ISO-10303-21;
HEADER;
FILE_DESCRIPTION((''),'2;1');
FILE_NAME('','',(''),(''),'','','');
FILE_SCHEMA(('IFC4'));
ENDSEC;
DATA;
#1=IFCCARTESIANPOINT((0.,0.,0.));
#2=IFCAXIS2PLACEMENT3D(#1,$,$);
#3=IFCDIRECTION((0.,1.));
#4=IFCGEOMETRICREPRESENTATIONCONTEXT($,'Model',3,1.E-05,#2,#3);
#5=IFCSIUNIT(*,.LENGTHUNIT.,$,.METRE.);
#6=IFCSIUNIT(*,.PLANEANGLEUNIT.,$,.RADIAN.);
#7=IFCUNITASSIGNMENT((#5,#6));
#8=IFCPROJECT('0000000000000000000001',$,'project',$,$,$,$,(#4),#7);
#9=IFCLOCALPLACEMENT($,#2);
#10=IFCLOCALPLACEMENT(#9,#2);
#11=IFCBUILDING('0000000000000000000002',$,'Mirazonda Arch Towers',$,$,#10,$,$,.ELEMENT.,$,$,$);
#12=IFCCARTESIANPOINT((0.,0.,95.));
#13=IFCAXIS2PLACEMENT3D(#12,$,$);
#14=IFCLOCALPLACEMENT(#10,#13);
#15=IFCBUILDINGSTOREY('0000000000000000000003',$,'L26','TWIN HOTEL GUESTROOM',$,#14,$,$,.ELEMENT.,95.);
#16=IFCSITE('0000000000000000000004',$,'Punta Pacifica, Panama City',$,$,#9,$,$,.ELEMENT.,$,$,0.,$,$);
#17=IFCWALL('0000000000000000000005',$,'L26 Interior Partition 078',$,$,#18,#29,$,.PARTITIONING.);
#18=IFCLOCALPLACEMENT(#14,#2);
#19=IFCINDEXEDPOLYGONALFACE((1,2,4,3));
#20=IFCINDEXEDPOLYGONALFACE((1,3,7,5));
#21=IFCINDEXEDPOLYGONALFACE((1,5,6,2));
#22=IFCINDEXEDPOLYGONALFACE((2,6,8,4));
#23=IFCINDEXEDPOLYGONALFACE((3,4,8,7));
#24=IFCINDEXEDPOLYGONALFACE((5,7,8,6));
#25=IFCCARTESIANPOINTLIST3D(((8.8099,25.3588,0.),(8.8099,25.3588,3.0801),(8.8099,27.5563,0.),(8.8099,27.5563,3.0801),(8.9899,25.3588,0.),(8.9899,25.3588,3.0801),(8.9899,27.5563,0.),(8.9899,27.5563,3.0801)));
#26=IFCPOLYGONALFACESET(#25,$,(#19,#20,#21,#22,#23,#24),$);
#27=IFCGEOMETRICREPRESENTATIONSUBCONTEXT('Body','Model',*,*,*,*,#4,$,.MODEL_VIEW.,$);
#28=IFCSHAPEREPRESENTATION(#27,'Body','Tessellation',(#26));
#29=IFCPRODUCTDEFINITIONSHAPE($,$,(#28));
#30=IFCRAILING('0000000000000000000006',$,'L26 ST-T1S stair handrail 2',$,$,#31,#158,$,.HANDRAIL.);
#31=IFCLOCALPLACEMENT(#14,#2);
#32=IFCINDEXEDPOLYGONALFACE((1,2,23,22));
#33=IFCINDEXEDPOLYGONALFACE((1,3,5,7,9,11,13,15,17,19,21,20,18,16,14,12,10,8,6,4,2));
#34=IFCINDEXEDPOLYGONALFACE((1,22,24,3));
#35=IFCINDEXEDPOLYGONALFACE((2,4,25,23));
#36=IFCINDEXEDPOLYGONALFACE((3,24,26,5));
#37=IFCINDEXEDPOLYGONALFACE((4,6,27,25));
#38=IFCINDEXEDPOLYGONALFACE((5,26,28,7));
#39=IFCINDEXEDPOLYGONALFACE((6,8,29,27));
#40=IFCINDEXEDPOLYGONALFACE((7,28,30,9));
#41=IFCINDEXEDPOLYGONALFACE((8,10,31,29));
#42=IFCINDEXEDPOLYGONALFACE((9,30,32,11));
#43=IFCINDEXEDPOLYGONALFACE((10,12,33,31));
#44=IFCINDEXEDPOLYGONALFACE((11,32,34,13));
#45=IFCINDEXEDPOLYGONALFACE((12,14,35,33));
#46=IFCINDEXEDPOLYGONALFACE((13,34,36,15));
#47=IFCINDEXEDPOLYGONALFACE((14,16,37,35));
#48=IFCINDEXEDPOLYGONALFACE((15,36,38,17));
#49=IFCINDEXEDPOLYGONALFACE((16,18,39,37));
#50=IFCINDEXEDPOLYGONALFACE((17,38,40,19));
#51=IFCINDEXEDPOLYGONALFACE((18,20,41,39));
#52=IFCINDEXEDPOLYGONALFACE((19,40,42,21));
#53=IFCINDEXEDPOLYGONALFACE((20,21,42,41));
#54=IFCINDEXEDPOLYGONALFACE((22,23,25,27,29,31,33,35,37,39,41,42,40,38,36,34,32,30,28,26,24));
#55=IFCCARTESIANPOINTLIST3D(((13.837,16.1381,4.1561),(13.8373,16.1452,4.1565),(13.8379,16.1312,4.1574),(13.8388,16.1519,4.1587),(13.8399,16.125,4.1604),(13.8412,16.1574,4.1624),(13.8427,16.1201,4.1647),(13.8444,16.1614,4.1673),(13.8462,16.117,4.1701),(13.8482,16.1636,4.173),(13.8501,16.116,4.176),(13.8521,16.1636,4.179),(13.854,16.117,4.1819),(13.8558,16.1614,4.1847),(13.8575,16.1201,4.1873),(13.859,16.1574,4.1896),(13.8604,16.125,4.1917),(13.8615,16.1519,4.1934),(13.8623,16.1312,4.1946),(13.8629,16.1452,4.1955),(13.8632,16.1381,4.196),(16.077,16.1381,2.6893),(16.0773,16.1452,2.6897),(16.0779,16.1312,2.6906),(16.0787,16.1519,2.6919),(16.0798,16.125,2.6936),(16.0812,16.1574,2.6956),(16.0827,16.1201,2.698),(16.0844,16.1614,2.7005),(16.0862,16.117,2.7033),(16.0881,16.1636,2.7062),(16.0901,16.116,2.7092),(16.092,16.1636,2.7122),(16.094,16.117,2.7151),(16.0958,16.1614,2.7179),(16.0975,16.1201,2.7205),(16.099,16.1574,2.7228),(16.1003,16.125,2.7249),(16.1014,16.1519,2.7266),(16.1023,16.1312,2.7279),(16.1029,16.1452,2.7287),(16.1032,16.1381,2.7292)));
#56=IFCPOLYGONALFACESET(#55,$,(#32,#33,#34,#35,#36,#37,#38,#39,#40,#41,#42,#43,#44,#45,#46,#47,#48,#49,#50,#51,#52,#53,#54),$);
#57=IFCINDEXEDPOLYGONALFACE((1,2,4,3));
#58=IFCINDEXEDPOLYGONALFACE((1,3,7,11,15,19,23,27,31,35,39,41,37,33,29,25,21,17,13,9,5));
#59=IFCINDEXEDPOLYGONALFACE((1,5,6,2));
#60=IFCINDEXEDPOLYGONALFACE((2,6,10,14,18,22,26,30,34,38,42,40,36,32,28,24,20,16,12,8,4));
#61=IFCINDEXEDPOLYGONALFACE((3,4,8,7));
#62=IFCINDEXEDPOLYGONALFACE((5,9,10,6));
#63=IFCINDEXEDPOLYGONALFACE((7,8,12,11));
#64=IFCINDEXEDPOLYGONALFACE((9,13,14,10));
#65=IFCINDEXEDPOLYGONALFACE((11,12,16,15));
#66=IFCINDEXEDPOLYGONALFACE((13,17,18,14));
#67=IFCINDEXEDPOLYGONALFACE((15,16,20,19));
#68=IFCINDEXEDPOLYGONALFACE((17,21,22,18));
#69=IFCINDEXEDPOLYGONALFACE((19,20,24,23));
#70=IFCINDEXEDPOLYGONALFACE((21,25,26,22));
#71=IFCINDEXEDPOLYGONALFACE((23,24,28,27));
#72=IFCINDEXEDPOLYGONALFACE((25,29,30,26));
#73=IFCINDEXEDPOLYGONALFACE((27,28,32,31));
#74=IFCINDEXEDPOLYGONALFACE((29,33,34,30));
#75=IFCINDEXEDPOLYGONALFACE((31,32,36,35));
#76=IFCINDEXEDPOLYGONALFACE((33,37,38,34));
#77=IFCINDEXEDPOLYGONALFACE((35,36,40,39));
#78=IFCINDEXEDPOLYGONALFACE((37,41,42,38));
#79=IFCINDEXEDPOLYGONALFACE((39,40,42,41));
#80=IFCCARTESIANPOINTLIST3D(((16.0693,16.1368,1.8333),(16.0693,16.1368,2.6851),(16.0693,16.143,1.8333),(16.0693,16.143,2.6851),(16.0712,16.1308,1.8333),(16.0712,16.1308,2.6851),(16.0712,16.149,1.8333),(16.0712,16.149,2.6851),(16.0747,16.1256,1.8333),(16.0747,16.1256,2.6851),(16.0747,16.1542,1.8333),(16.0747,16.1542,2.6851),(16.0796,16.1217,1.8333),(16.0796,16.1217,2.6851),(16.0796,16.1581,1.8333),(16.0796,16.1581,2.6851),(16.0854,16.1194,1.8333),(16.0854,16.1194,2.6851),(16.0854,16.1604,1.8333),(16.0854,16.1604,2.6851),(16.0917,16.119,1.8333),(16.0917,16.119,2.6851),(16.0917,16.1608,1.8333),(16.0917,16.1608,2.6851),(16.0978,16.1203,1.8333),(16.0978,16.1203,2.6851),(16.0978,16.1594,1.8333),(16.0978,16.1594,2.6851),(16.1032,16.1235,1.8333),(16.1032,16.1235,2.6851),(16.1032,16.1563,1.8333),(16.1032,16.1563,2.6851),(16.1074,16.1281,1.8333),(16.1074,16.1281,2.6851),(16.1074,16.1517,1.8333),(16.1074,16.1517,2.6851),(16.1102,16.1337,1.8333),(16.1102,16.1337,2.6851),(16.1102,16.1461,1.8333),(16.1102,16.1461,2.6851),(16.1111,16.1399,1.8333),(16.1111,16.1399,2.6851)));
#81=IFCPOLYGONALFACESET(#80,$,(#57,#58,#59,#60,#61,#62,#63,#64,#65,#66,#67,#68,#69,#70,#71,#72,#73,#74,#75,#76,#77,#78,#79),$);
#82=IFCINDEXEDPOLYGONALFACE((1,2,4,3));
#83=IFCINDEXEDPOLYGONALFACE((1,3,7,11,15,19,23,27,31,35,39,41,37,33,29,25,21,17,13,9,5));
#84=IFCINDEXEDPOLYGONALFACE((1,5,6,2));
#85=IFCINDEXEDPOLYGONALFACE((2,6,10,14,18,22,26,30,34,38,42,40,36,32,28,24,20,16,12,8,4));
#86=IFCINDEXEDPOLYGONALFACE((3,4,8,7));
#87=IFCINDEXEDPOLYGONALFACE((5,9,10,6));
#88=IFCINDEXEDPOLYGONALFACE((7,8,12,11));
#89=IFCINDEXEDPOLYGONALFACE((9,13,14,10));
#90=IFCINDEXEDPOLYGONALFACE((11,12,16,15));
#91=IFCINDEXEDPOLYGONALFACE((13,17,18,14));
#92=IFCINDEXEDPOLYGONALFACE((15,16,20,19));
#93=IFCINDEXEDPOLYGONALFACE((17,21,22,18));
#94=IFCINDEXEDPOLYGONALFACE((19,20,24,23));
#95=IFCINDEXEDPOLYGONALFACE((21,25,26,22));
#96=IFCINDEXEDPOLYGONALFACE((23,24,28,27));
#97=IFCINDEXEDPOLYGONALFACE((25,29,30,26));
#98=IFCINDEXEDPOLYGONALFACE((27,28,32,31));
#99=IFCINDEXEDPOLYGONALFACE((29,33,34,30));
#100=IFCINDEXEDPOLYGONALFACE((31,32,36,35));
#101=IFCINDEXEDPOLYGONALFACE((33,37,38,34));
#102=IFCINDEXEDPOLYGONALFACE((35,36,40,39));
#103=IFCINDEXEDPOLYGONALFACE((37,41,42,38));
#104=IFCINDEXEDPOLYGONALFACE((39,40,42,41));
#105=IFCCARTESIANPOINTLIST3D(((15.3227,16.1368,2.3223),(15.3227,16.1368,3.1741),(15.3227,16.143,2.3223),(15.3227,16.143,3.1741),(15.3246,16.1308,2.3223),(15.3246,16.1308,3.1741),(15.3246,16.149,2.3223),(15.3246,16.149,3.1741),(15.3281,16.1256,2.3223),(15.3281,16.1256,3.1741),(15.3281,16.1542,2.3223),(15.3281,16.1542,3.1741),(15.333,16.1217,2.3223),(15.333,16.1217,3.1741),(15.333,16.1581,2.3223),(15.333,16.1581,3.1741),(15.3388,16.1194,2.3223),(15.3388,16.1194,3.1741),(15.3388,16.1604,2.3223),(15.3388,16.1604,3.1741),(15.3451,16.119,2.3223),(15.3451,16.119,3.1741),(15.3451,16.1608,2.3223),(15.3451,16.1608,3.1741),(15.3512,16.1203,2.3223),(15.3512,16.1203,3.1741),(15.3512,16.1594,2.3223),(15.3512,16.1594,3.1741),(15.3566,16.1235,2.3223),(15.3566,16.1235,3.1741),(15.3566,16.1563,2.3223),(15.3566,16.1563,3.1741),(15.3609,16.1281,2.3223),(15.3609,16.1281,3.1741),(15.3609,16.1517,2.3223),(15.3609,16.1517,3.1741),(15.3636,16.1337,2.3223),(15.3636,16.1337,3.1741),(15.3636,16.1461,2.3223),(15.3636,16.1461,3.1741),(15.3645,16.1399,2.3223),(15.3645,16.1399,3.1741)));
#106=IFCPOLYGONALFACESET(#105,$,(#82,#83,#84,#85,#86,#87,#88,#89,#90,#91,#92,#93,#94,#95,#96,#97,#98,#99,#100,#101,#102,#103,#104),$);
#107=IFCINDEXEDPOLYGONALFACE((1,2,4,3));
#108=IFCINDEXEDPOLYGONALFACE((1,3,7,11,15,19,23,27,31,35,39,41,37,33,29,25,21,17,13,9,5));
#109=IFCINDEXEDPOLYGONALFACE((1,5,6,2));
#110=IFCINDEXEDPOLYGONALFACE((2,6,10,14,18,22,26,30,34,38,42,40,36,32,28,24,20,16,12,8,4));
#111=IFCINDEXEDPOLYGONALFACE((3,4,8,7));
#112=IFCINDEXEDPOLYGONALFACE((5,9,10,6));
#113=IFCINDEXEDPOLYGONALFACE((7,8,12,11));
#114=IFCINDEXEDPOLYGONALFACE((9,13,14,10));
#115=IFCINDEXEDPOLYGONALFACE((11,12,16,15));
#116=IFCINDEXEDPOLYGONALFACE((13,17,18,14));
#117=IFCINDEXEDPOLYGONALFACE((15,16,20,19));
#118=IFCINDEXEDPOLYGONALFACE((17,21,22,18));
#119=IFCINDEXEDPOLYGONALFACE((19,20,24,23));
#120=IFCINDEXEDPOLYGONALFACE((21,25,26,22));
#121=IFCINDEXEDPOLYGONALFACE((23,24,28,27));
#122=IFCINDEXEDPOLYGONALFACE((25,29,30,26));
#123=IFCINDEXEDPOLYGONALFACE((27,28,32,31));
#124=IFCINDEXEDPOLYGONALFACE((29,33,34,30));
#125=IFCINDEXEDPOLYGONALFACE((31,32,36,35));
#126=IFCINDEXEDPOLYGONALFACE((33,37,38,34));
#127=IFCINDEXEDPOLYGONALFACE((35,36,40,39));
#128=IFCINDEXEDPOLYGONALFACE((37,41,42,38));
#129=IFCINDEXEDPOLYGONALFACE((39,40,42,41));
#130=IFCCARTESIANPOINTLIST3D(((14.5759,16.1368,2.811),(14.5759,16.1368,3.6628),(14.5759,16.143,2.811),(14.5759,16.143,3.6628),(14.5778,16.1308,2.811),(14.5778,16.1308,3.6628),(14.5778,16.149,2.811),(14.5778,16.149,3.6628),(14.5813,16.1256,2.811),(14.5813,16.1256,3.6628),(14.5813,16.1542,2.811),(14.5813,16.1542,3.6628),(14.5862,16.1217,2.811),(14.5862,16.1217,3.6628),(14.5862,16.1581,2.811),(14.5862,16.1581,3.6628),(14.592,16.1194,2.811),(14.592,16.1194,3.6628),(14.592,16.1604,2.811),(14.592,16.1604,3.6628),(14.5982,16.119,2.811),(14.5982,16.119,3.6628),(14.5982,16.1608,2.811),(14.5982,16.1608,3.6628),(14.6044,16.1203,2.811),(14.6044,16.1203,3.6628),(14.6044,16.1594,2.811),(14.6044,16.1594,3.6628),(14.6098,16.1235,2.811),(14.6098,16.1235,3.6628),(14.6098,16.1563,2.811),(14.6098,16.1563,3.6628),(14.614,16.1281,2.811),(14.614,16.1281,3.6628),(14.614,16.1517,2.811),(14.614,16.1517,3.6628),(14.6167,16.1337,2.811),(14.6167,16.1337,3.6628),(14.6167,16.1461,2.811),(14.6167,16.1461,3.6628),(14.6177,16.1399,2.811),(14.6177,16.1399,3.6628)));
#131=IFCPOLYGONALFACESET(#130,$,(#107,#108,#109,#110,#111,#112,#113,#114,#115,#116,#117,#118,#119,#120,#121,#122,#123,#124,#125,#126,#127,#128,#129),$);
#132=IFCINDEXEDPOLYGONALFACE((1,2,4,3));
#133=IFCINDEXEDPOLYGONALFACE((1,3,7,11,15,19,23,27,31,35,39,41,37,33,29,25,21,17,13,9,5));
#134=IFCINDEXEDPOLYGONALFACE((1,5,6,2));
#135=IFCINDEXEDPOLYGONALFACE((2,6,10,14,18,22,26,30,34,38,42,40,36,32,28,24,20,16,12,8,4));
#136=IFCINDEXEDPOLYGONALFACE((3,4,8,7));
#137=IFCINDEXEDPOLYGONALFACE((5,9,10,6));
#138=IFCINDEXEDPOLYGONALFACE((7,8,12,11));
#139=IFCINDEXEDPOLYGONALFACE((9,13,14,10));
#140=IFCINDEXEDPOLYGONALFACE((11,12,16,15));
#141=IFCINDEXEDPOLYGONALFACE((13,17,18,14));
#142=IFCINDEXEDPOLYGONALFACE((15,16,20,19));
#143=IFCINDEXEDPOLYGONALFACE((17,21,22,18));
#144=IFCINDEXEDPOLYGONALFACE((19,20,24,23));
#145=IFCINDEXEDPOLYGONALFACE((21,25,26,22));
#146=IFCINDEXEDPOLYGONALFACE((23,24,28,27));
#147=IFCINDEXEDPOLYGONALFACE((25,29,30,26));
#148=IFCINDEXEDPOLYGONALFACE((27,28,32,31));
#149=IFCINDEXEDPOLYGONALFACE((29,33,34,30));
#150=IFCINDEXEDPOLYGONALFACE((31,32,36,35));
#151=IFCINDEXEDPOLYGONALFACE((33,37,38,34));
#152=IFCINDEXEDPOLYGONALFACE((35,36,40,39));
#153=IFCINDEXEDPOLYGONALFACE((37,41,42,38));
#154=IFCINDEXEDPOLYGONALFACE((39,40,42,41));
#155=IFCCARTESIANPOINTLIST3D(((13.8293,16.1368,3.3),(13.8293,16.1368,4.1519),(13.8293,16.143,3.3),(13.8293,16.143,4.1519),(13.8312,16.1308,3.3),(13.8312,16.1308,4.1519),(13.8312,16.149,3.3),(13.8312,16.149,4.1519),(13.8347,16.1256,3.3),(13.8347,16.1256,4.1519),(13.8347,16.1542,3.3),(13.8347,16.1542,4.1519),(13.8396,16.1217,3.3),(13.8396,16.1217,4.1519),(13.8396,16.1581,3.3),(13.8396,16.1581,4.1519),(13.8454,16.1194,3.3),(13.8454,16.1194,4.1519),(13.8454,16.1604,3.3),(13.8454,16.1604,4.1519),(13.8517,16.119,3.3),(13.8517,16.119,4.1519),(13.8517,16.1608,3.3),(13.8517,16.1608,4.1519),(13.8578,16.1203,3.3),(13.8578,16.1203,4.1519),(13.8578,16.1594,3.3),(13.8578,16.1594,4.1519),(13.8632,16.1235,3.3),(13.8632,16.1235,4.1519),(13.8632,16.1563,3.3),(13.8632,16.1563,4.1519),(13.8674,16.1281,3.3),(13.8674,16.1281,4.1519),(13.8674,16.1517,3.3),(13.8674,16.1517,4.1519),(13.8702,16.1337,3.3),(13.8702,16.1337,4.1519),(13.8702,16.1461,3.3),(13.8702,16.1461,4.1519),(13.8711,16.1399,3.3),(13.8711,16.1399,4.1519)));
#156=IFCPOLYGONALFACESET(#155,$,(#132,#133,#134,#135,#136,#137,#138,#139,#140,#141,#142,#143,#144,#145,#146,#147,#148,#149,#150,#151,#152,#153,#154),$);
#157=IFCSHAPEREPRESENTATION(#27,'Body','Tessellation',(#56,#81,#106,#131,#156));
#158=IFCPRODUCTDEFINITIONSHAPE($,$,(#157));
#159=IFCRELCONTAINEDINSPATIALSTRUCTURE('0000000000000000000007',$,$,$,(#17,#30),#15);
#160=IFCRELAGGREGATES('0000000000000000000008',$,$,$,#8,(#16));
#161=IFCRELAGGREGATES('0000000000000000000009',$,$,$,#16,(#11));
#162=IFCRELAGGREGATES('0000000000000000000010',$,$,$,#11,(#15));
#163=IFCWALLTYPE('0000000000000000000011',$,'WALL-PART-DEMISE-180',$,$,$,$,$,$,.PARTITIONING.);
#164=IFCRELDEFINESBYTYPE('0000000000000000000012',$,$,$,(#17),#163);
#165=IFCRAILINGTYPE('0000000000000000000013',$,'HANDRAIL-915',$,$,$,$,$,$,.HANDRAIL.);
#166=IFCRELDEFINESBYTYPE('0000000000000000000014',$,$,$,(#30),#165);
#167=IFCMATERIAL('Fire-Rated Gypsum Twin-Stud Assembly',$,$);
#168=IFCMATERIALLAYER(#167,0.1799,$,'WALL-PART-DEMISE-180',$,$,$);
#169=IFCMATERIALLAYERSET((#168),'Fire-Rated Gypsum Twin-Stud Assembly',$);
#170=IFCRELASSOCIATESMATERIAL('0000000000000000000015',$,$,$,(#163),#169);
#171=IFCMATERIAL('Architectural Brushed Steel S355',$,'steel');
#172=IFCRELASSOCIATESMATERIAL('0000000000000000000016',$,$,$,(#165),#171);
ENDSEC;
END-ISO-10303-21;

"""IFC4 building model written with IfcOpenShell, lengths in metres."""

from ifc_helpers import new_model, si_unit, direction, frame, frame_2d, origin, origin_2d, place, context, subcontext, project, spatial, rectangle, circle, extrude, material, layer, layer_set, type_object, element, save


model = new_model("IFC4")

# Units and contexts
model_context = context("Model", 3, precision=1e-05, world=origin(), true_north=direction((0.0, 1.0)))
body_context = subcontext(model_context, "Body", "Model", "MODEL_VIEW")
ifc_project = project(units=[si_unit("LENGTHUNIT", "METRE"), si_unit("PLANEANGLEUNIT", "RADIAN")], contexts=[model_context])

# Site, building, storey
site_placement = place(None, origin())
site = spatial("IfcSite", under=ifc_project, at=site_placement, Name="Punta Pacifica, Panama City", CompositionType="ELEMENT", RefElevation=0.0)
building_placement = place(site_placement, origin())
building = spatial("IfcBuilding", under=site, at=building_placement, Name="Mirazonda Arch Towers", CompositionType="ELEMENT")
storey_placement = place(building_placement, frame((0.0, 0.0, 95.0)))
storey = spatial("IfcBuildingStorey", under=building, at=storey_placement, Name="L26", Description="TWIN HOTEL GUESTROOM", CompositionType="ELEMENT", Elevation=95.0)

# Shared definitions
ifc_material_1 = material(Name="Architectural Brushed Steel S355", Category="steel")

# Shared definitions
ifc_material_2 = material(Name="Fire-Rated Gypsum Twin-Stud Assembly")
ifc_layer_1 = layer(ifc_material_2, 0.1799, Name="WALL-PART-DEMISE-180")
ifc_layer_set_1 = layer_set([ifc_layer_1], Name="Fire-Rated Gypsum Twin-Stud Assembly")
wall_type_1 = type_object("IfcWallType", Name="WALL-PART-DEMISE-180", PredefinedType="PARTITIONING", material=ifc_layer_set_1)

# Wall
wall_1_placement = place(storey_placement, frame((8.8999, 25.3589, 0.0), z_axis=(0.0, 0.0, 1.0), x_axis=(0.0, 1.0, 0.0)))
element("IfcWall", 1, at=wall_1_placement, inside=storey, type_object=wall_type_1, Name="L26 Interior Partition 078", PredefinedType="PARTITIONING", context=body_context, shape_type="SweptSolid", body=[
    extrude(rectangle(XDim=2.1975, YDim=0.1799, at=frame_2d((1.0986, 0.0))), origin(), (0.0, 0.0, 1.0), 3.0801),
])

# Railing
railing_type = type_object("IfcRailingType", Name="HANDRAIL-915", PredefinedType="HANDRAIL", material=ifc_material_1)
railing_placement = place(storey_placement, frame((16.0901, 16.1399, 1.8333)))
element("IfcRailing", 2, at=railing_placement, inside=storey, type_object=railing_type, Name="L26 ST-T1S stair handrail 2", PredefinedType="HANDRAIL", context=body_context, shape_type="SweptSolid", body=[
    extrude(circle(Radius=0.0239, at=origin_2d()), frame((0.0, 0.0, 0.876), z_axis=(-0.836595, 0.0, 0.547822), x_axis=(0.0, -1.0, 0.0)), (0.0, 0.0, 1.0), 2.6775),
    extrude(circle(Radius=0.021, at=origin_2d()), origin(), (0.0, 0.0, 1.0), 0.8518),
    extrude(circle(Radius=0.021, at=origin_2d()), frame((-0.7466, 0.0, 0.489)), (0.0, 0.0, 1.0), 0.8518),
    extrude(circle(Radius=0.021, at=origin_2d()), frame((-1.4934, 0.0, 0.9778)), (0.0, 0.0, 1.0), 0.8518),
    extrude(circle(Radius=0.021, at=origin_2d()), frame((-2.24, 0.0, 1.4668)), (0.0, 0.0, 1.0), 0.8518),
])

save(model, "model.ifc")
